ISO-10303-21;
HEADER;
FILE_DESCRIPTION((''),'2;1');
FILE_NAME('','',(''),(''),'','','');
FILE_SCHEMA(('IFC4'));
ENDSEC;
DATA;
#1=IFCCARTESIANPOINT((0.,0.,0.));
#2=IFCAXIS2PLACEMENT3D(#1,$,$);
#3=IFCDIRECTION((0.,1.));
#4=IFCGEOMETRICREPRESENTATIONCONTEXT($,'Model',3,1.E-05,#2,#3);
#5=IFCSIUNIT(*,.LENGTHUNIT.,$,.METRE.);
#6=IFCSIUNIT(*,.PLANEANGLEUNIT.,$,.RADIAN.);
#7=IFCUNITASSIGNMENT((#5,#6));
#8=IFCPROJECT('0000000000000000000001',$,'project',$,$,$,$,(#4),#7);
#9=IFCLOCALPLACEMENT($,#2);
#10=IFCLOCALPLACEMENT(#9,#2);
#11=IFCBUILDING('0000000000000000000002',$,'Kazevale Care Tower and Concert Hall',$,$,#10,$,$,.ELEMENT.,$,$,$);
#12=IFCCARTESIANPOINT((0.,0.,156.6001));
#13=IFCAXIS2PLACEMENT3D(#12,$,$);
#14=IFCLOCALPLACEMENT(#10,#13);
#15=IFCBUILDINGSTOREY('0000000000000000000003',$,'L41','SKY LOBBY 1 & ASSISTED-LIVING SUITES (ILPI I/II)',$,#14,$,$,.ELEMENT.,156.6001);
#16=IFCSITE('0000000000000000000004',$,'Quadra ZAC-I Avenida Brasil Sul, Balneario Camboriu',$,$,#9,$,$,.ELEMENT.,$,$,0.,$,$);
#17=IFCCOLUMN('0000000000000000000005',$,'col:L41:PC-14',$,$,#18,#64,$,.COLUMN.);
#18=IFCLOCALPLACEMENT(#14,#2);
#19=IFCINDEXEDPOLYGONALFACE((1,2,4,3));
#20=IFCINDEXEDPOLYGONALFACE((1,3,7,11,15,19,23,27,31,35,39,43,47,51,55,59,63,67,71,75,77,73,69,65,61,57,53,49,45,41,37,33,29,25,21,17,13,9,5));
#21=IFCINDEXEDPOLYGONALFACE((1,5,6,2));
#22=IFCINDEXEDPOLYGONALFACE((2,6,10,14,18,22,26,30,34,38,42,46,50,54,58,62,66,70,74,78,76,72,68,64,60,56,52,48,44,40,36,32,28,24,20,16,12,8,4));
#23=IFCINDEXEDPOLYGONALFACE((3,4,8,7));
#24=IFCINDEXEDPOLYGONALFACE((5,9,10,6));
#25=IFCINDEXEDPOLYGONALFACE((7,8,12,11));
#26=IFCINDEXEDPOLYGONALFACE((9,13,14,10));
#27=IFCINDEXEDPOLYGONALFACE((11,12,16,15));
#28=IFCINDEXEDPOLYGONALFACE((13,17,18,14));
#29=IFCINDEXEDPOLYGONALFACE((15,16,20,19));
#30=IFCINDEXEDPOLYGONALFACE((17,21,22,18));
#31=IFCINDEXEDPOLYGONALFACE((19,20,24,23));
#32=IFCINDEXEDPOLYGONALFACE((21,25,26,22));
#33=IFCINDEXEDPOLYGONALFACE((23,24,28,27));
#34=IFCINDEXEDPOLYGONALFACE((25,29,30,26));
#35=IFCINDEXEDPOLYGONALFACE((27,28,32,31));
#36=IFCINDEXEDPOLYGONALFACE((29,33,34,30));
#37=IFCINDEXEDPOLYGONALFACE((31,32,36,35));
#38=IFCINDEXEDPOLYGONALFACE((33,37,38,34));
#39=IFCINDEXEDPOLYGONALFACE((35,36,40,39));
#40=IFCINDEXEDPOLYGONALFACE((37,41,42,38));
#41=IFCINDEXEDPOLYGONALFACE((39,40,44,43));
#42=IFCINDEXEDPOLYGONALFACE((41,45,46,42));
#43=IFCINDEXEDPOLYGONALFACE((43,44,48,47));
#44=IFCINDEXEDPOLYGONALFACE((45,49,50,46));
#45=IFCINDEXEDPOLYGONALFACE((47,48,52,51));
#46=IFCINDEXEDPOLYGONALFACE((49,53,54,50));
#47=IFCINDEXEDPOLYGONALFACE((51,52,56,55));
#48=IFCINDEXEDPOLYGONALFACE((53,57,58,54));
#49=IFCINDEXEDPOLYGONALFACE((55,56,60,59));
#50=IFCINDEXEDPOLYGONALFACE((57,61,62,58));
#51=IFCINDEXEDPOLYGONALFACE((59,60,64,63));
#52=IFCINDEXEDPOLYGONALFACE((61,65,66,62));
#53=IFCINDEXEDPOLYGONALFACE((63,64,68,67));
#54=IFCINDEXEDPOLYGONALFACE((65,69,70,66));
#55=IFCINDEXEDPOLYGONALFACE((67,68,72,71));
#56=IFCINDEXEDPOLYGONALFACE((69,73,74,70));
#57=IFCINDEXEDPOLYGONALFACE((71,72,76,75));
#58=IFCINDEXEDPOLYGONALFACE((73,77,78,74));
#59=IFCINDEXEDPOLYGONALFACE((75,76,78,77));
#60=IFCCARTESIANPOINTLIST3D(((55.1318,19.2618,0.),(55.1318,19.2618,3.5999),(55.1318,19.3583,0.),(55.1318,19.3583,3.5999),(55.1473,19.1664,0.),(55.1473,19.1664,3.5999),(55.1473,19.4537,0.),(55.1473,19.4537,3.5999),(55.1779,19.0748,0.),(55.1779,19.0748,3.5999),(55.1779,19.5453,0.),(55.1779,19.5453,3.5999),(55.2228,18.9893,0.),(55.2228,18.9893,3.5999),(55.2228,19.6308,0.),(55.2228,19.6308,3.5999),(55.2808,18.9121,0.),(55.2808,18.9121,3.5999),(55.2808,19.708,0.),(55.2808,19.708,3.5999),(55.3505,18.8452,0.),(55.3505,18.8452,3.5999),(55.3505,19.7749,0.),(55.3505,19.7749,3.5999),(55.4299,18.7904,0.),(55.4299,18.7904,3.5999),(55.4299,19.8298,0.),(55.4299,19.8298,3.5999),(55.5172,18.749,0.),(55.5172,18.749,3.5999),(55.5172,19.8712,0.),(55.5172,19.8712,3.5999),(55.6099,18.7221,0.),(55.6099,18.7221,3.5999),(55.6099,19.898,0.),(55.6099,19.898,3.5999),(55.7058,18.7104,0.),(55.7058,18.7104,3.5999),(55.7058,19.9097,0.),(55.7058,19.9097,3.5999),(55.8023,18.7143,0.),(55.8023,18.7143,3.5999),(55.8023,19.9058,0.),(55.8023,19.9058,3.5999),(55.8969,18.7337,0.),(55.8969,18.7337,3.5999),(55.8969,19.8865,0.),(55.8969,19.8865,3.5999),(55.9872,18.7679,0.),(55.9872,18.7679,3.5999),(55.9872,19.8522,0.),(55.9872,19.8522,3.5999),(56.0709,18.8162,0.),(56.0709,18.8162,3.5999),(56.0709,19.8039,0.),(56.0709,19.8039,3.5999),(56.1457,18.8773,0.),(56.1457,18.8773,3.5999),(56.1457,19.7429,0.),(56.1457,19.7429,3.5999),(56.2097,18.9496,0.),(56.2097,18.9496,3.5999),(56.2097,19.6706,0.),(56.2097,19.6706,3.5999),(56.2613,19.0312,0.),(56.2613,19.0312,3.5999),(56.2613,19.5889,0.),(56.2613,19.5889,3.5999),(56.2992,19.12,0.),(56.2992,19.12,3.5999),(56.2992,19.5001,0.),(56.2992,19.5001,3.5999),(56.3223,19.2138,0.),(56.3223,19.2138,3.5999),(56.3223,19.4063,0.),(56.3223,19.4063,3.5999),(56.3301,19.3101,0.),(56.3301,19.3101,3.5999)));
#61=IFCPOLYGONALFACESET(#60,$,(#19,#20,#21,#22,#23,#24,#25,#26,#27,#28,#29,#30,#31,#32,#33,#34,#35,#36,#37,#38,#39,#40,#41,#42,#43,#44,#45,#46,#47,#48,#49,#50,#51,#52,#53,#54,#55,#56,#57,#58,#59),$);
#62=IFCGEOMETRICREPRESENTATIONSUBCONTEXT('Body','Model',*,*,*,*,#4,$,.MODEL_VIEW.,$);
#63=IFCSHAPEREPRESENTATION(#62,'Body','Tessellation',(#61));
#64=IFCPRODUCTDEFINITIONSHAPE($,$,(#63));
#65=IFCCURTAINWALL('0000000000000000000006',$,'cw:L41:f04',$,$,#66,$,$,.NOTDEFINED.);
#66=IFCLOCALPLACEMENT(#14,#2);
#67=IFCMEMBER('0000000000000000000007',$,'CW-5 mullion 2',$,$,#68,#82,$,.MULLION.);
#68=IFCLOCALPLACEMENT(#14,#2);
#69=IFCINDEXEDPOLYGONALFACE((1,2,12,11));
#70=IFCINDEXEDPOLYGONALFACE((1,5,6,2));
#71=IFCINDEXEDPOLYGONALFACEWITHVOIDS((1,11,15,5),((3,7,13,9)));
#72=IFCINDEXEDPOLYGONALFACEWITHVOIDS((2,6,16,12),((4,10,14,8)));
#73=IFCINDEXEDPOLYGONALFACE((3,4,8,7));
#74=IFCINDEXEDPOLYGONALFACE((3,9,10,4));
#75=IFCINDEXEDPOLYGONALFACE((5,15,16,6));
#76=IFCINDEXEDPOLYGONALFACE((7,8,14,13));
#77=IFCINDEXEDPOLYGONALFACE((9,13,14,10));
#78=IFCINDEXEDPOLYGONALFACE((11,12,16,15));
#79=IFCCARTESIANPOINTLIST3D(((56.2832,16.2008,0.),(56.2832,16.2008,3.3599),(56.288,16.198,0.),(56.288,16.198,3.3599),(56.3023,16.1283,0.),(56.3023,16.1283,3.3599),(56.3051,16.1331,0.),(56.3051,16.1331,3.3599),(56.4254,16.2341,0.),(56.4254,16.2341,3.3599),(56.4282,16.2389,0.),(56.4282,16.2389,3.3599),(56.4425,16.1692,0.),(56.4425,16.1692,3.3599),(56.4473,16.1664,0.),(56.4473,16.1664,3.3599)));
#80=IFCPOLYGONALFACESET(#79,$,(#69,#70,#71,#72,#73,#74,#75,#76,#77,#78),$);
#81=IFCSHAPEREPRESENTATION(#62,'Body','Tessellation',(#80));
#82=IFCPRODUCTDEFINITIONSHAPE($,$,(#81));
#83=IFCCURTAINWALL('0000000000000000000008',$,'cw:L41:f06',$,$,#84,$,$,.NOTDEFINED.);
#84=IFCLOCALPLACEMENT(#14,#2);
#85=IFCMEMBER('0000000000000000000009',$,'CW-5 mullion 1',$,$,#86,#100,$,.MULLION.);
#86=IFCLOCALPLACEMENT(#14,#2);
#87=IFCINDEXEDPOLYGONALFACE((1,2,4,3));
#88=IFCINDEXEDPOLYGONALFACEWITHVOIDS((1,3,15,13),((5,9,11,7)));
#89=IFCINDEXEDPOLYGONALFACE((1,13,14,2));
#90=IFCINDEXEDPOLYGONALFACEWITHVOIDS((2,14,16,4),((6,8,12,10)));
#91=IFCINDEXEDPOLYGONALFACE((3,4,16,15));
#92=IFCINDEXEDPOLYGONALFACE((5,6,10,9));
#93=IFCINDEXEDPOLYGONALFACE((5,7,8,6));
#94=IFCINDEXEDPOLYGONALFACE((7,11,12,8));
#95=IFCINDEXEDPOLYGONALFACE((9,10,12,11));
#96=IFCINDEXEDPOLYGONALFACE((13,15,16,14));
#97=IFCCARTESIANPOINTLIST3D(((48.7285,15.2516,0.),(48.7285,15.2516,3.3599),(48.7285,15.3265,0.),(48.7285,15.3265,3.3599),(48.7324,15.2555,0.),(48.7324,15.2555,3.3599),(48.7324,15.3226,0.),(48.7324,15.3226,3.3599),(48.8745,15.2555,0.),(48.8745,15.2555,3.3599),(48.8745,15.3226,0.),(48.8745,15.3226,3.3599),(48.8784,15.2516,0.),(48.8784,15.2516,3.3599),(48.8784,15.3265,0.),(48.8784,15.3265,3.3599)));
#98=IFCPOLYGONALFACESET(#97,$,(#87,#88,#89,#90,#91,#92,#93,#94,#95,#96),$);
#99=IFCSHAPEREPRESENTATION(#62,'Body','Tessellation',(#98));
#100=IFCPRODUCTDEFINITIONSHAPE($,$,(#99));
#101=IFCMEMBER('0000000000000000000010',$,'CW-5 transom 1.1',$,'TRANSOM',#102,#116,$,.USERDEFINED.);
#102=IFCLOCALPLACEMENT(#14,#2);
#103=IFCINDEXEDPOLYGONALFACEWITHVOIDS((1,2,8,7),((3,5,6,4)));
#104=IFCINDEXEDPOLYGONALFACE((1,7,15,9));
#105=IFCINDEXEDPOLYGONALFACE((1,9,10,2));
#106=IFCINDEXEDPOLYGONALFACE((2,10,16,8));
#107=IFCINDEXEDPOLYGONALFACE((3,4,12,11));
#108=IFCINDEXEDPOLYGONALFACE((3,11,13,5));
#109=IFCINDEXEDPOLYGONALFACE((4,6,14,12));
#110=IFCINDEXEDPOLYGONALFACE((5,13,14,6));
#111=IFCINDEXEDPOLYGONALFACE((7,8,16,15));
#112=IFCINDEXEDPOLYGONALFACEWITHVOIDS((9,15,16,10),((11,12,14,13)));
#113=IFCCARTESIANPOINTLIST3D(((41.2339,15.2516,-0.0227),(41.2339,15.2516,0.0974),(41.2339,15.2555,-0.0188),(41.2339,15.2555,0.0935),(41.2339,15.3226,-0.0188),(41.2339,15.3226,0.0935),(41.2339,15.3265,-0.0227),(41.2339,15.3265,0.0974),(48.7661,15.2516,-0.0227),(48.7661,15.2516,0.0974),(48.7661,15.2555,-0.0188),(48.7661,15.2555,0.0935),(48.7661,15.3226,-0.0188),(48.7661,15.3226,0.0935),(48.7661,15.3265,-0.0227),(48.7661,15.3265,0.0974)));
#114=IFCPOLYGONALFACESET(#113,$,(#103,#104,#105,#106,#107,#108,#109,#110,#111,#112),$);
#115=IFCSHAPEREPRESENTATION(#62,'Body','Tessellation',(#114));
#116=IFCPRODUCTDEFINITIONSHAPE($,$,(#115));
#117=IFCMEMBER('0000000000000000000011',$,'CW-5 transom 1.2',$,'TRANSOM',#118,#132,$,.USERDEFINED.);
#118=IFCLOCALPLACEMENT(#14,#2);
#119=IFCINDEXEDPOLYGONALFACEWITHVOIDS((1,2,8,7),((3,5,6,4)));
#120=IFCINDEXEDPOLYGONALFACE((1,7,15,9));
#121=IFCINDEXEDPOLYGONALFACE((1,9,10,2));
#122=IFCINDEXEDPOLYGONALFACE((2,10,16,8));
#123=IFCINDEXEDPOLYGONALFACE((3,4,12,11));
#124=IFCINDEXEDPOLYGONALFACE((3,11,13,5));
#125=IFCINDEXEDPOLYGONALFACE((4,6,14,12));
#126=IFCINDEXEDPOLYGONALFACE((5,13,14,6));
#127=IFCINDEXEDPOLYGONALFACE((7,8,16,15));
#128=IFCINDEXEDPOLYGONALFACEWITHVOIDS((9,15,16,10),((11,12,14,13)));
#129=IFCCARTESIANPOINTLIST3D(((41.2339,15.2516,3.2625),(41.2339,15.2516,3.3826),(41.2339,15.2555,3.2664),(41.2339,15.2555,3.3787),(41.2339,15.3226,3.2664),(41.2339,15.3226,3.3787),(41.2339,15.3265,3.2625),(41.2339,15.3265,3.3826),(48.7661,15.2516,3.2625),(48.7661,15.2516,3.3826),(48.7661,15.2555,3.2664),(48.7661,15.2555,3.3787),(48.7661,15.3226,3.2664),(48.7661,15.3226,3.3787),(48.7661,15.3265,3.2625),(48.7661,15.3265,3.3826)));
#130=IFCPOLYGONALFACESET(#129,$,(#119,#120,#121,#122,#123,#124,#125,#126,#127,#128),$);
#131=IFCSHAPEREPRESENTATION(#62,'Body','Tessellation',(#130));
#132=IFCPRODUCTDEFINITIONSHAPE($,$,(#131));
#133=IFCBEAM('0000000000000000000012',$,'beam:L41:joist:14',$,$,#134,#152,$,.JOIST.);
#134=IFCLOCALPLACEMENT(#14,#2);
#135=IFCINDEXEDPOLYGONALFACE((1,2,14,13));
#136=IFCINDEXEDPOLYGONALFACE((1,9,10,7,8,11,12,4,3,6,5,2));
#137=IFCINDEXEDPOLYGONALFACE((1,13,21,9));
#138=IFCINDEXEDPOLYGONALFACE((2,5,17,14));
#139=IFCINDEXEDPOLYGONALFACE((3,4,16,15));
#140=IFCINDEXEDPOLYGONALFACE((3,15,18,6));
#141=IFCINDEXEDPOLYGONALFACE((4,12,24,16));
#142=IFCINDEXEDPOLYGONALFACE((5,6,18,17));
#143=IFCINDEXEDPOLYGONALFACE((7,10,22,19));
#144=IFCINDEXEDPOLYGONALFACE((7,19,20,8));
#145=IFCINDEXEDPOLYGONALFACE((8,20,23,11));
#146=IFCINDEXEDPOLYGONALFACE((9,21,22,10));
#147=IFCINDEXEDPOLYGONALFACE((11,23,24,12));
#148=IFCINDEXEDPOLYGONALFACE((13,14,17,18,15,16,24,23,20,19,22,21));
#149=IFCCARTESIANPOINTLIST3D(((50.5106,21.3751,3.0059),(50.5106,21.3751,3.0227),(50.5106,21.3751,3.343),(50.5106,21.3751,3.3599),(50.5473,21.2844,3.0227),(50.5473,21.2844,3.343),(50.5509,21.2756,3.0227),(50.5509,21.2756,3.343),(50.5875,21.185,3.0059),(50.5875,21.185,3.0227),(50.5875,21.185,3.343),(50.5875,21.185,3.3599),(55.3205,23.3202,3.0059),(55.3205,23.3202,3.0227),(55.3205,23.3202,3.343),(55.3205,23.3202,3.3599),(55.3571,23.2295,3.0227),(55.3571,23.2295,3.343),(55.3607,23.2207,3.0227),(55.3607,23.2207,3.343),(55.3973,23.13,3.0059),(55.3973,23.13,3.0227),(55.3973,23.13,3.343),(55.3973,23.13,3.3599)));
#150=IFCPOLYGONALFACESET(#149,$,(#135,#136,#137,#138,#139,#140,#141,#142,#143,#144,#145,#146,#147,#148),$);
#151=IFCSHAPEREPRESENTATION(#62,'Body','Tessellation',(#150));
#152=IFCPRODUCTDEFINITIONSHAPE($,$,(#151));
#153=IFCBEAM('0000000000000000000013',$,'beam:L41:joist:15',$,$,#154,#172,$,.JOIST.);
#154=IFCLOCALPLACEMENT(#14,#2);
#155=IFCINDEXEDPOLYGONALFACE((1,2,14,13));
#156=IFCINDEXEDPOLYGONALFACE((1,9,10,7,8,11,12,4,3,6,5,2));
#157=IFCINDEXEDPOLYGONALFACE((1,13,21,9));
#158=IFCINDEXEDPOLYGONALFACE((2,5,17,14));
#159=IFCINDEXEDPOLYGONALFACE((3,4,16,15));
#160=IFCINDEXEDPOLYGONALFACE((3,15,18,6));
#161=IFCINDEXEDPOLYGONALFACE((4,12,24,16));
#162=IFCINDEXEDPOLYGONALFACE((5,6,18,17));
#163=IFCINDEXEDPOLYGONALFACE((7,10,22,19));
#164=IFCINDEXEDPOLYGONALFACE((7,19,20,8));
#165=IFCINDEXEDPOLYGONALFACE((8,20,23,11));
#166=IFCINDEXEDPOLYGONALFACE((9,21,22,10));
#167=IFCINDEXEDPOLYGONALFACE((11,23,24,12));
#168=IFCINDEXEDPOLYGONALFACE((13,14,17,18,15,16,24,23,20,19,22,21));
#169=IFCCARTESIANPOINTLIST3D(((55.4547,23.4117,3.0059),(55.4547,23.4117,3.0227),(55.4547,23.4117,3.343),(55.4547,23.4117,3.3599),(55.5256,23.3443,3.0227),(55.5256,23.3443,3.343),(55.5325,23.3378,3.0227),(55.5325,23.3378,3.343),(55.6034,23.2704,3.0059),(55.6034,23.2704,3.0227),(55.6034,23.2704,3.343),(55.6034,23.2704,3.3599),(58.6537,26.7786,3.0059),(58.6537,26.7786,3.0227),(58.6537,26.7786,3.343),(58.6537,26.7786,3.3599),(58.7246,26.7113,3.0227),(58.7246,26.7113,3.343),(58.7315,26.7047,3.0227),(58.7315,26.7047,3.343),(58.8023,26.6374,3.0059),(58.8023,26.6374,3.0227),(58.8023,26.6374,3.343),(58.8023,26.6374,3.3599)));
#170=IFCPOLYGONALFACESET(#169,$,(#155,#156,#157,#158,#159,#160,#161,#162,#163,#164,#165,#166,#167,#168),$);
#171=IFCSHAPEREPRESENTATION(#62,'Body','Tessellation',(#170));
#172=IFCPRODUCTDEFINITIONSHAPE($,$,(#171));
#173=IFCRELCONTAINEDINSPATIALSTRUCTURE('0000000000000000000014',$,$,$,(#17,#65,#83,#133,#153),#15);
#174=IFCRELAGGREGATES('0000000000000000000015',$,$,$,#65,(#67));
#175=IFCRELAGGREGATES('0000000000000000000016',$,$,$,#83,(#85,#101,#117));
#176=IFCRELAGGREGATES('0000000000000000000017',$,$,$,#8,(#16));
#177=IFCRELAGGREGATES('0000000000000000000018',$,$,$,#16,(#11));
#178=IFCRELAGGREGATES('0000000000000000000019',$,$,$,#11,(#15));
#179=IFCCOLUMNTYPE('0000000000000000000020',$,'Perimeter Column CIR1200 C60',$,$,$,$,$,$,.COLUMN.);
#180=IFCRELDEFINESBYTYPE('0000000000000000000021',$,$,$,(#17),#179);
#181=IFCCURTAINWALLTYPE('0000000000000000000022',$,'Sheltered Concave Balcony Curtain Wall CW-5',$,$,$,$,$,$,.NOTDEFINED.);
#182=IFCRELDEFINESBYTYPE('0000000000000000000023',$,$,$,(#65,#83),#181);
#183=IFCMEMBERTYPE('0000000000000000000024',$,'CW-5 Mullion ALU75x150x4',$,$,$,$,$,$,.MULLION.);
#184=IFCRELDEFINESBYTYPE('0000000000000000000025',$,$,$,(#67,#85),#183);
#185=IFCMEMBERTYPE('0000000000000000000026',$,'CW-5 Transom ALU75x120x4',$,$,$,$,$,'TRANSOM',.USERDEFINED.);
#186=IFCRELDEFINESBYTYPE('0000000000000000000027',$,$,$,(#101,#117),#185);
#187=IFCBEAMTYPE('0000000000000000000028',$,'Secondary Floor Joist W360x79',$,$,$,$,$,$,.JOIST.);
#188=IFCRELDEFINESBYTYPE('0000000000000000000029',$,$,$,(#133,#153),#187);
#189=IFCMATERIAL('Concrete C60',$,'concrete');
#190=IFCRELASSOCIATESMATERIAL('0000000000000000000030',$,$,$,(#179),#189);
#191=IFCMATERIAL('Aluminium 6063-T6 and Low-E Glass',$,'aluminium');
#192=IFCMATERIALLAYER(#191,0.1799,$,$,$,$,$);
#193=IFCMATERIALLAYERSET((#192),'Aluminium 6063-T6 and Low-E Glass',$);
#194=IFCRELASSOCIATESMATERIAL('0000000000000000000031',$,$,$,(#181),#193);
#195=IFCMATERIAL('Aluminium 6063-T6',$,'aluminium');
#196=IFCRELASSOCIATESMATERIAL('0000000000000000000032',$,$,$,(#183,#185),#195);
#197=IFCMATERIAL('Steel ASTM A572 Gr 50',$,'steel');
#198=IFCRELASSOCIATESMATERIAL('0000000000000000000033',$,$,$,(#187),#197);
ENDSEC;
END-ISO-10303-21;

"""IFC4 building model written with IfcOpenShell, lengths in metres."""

from ifc_helpers import new_model, si_unit, direction, frame, origin, origin_2d, place, context, subcontext, project, spatial, hollow_rectangle, circle, i_section, extrude, material, layer, layer_set, material_profile, profile_set, type_object, element, aggregate, save


model = new_model("IFC4")

# Units and contexts
model_context = context("Model", 3, precision=1e-05, world=origin(), true_north=direction((0.0, 1.0)))
body_context = subcontext(model_context, "Body", "Model", "MODEL_VIEW")
ifc_project = project(units=[si_unit("LENGTHUNIT", "METRE"), si_unit("PLANEANGLEUNIT", "RADIAN")], contexts=[model_context])

# Site, building, storey
site_placement = place(None, origin())
site = spatial("IfcSite", under=ifc_project, at=site_placement, Name="Quadra ZAC-I Avenida Brasil Sul, Balneario Camboriu", CompositionType="ELEMENT", RefElevation=0.0)
building_placement = place(site_placement, origin())
building = spatial("IfcBuilding", under=site, at=building_placement, Name="Kazevale Care Tower and Concert Hall", CompositionType="ELEMENT")
storey_placement = place(building_placement, frame((0.0, 0.0, 156.6001)))
storey = spatial("IfcBuildingStorey", under=building, at=storey_placement, Name="L41", Description="SKY LOBBY 1 & ASSISTED-LIVING SUITES (ILPI I/II)", CompositionType="ELEMENT", Elevation=156.6001)

# Column
ifc_material_1 = material(Name="Concrete C60", Category="concrete")
ifc_material_profile_1 = material_profile(ifc_material_1, circle(Radius=0.6001, at=origin_2d()), Name="RC-CIR1200")
ifc_profile_set_1 = profile_set([ifc_material_profile_1], Name="Concrete C60")
column_type = type_object("IfcColumnType", Name="Perimeter Column CIR1200 C60", PredefinedType="COLUMN", material=ifc_profile_set_1)
column_placement = place(storey_placement, frame((55.73, 19.3101, 0.0), z_axis=(0.0, 0.0, 1.0), x_axis=(1.0, 0.0, 0.0)))
element("IfcColumn", 1, at=column_placement, inside=storey, type_object=column_type, Name="col:L41:PC-14", PredefinedType="COLUMN", context=body_context, shape_type="SweptSolid", body=[
    extrude(circle(Radius=0.6001, at=origin_2d()), origin(), (0.0, 0.0, 1.0), 3.5999),
])

# Curtain wall, member
ifc_material_2 = material(Name="Aluminium 6063-T6 and Low-E Glass", Category="aluminium")
ifc_layer_1 = layer(ifc_material_2, 0.1799)
ifc_layer_set_1 = layer_set([ifc_layer_1], Name="Aluminium 6063-T6 and Low-E Glass")
curtain_wall_type = type_object("IfcCurtainWallType", Name="Sheltered Concave Balcony Curtain Wall CW-5", PredefinedType="NOTDEFINED", material=ifc_layer_set_1)
curtain_wall_1_placement = place(storey_placement, origin())
curtain_wall_1 = element("IfcCurtainWall", 2, at=curtain_wall_1_placement, inside=storey, type_object=curtain_wall_type, Name="cw:L41:f04", PredefinedType="NOTDEFINED")
ifc_material_3 = material(Name="Aluminium 6063-T6", Category="aluminium")
ifc_material_profile_2 = material_profile(ifc_material_3, hollow_rectangle(XDim=0.075, YDim=0.1499, WallThickness=0.0039, at=origin_2d()), Name="ALU75x150x4")
ifc_profile_set_2 = profile_set([ifc_material_profile_2], Name="Aluminium 6063-T6")
member_type_1 = type_object("IfcMemberType", Name="CW-5 Mullion ALU75x150x4", PredefinedType="MULLION", material=ifc_profile_set_2)
member_1_placement = place(storey_placement, frame((56.3652, 16.1836, 0.0), z_axis=(0.0, 0.0, 1.0), x_axis=(0.254238, -0.967142, 0.0)))
member_1 = element("IfcMember", 3, at=member_1_placement, type_object=member_type_1, Name="CW-5 mullion 2", PredefinedType="MULLION", context=body_context, shape_type="SweptSolid", body=[
    extrude(hollow_rectangle(XDim=0.075, YDim=0.1499, WallThickness=0.0039, at=origin_2d()), origin(), (0.0, 0.0, 1.0), 3.3599),
])
aggregate(curtain_wall_1, [member_1])

# Curtain wall, members
curtain_wall_2_placement = place(storey_placement, origin())
curtain_wall_2 = element("IfcCurtainWall", 4, at=curtain_wall_2_placement, inside=storey, type_object=curtain_wall_type, Name="cw:L41:f06", PredefinedType="NOTDEFINED")
member_2_placement = place(storey_placement, frame((48.8035, 15.2891, 0.0), z_axis=(0.0, 0.0, 1.0), x_axis=(0.0, -1.0, 0.0)))
member_2 = element("IfcMember", 5, at=member_2_placement, type_object=member_type_1, Name="CW-5 mullion 1", PredefinedType="MULLION", context=body_context, shape_type="SweptSolid", body=[
    extrude(hollow_rectangle(XDim=0.075, YDim=0.1499, WallThickness=0.0039, at=origin_2d()), origin(), (0.0, 0.0, 1.0), 3.3599),
])
ifc_material_profile_3 = material_profile(ifc_material_3, hollow_rectangle(XDim=0.075, YDim=0.1201, WallThickness=0.0039, at=origin_2d()), Name="ALU75x120x4")
ifc_profile_set_3 = profile_set([ifc_material_profile_3], Name="Aluminium 6063-T6")
member_type_2 = type_object("IfcMemberType", Name="CW-5 Transom ALU75x120x4", ElementType="TRANSOM", PredefinedType="USERDEFINED", material=ifc_profile_set_3)
member_3_placement = place(storey_placement, frame((48.7661, 15.2891, 0.0374), z_axis=(-1.0, 0.0, 0.0), x_axis=(0.0, -1.0, 0.0)))
member_3 = element("IfcMember", 6, at=member_3_placement, type_object=member_type_2, Name="CW-5 transom 1.1", ObjectType="TRANSOM", PredefinedType="USERDEFINED", context=body_context, shape_type="SweptSolid", body=[
    extrude(hollow_rectangle(XDim=0.075, YDim=0.1201, WallThickness=0.0039, at=origin_2d()), origin(), (0.0, 0.0, 1.0), 7.5322),
])
member_4_placement = place(storey_placement, frame((48.7661, 15.2891, 3.3225), z_axis=(-1.0, 0.0, 0.0), x_axis=(0.0, -1.0, 0.0)))
member_4 = element("IfcMember", 7, at=member_4_placement, type_object=member_type_2, Name="CW-5 transom 1.2", ObjectType="TRANSOM", PredefinedType="USERDEFINED", context=body_context, shape_type="SweptSolid", body=[
    extrude(hollow_rectangle(XDim=0.075, YDim=0.1201, WallThickness=0.0039, at=origin_2d()), origin(), (0.0, 0.0, 1.0), 7.5322),
])
aggregate(curtain_wall_2, [member_2, member_3, member_4])

# Beams
ifc_material_4 = material(Name="Steel ASTM A572 Gr 50", Category="steel")
ifc_material_profile_4 = material_profile(ifc_material_4, i_section(OverallWidth=0.2051, OverallDepth=0.354, WebThickness=0.0095, FlangeThickness=0.0168, at=origin_2d()), Name="W360x79")
ifc_profile_set_4 = profile_set([ifc_material_profile_4], Name="Steel ASTM A572 Gr 50")
beam_type_1 = type_object("IfcBeamType", Name="Secondary Floor Joist W360x79", PredefinedType="JOIST", material=ifc_profile_set_4)
beam_1_placement = place(storey_placement, frame((50.5491, 21.28, 3.1829), z_axis=(0.927065, 0.374901, 0.0), x_axis=(-0.374901, 0.927065, 0.0)))
element("IfcBeam", 8, at=beam_1_placement, inside=storey, type_object=beam_type_1, Name="beam:L41:joist:14", PredefinedType="JOIST", context=body_context, shape_type="SweptSolid", body=[
    extrude(i_section(OverallWidth=0.2051, OverallDepth=0.354, WebThickness=0.0095, FlangeThickness=0.0168, at=origin_2d()), origin(), (0.0, 0.0, 1.0), 5.1882),
])
beam_2_placement = place(storey_placement, frame((55.5291, 23.3411, 3.1829), z_axis=(0.688792, 0.724959, 0.0), x_axis=(-0.724959, 0.688792, 0.0)))
element("IfcBeam", 9, at=beam_2_placement, inside=storey, type_object=beam_type_1, Name="beam:L41:joist:15", PredefinedType="JOIST", context=body_context, shape_type="SweptSolid", body=[
    extrude(i_section(OverallWidth=0.2051, OverallDepth=0.354, WebThickness=0.0095, FlangeThickness=0.0168, at=origin_2d()), origin(), (0.0, 0.0, 1.0), 4.6443),
])

save(model, "model.ifc")
